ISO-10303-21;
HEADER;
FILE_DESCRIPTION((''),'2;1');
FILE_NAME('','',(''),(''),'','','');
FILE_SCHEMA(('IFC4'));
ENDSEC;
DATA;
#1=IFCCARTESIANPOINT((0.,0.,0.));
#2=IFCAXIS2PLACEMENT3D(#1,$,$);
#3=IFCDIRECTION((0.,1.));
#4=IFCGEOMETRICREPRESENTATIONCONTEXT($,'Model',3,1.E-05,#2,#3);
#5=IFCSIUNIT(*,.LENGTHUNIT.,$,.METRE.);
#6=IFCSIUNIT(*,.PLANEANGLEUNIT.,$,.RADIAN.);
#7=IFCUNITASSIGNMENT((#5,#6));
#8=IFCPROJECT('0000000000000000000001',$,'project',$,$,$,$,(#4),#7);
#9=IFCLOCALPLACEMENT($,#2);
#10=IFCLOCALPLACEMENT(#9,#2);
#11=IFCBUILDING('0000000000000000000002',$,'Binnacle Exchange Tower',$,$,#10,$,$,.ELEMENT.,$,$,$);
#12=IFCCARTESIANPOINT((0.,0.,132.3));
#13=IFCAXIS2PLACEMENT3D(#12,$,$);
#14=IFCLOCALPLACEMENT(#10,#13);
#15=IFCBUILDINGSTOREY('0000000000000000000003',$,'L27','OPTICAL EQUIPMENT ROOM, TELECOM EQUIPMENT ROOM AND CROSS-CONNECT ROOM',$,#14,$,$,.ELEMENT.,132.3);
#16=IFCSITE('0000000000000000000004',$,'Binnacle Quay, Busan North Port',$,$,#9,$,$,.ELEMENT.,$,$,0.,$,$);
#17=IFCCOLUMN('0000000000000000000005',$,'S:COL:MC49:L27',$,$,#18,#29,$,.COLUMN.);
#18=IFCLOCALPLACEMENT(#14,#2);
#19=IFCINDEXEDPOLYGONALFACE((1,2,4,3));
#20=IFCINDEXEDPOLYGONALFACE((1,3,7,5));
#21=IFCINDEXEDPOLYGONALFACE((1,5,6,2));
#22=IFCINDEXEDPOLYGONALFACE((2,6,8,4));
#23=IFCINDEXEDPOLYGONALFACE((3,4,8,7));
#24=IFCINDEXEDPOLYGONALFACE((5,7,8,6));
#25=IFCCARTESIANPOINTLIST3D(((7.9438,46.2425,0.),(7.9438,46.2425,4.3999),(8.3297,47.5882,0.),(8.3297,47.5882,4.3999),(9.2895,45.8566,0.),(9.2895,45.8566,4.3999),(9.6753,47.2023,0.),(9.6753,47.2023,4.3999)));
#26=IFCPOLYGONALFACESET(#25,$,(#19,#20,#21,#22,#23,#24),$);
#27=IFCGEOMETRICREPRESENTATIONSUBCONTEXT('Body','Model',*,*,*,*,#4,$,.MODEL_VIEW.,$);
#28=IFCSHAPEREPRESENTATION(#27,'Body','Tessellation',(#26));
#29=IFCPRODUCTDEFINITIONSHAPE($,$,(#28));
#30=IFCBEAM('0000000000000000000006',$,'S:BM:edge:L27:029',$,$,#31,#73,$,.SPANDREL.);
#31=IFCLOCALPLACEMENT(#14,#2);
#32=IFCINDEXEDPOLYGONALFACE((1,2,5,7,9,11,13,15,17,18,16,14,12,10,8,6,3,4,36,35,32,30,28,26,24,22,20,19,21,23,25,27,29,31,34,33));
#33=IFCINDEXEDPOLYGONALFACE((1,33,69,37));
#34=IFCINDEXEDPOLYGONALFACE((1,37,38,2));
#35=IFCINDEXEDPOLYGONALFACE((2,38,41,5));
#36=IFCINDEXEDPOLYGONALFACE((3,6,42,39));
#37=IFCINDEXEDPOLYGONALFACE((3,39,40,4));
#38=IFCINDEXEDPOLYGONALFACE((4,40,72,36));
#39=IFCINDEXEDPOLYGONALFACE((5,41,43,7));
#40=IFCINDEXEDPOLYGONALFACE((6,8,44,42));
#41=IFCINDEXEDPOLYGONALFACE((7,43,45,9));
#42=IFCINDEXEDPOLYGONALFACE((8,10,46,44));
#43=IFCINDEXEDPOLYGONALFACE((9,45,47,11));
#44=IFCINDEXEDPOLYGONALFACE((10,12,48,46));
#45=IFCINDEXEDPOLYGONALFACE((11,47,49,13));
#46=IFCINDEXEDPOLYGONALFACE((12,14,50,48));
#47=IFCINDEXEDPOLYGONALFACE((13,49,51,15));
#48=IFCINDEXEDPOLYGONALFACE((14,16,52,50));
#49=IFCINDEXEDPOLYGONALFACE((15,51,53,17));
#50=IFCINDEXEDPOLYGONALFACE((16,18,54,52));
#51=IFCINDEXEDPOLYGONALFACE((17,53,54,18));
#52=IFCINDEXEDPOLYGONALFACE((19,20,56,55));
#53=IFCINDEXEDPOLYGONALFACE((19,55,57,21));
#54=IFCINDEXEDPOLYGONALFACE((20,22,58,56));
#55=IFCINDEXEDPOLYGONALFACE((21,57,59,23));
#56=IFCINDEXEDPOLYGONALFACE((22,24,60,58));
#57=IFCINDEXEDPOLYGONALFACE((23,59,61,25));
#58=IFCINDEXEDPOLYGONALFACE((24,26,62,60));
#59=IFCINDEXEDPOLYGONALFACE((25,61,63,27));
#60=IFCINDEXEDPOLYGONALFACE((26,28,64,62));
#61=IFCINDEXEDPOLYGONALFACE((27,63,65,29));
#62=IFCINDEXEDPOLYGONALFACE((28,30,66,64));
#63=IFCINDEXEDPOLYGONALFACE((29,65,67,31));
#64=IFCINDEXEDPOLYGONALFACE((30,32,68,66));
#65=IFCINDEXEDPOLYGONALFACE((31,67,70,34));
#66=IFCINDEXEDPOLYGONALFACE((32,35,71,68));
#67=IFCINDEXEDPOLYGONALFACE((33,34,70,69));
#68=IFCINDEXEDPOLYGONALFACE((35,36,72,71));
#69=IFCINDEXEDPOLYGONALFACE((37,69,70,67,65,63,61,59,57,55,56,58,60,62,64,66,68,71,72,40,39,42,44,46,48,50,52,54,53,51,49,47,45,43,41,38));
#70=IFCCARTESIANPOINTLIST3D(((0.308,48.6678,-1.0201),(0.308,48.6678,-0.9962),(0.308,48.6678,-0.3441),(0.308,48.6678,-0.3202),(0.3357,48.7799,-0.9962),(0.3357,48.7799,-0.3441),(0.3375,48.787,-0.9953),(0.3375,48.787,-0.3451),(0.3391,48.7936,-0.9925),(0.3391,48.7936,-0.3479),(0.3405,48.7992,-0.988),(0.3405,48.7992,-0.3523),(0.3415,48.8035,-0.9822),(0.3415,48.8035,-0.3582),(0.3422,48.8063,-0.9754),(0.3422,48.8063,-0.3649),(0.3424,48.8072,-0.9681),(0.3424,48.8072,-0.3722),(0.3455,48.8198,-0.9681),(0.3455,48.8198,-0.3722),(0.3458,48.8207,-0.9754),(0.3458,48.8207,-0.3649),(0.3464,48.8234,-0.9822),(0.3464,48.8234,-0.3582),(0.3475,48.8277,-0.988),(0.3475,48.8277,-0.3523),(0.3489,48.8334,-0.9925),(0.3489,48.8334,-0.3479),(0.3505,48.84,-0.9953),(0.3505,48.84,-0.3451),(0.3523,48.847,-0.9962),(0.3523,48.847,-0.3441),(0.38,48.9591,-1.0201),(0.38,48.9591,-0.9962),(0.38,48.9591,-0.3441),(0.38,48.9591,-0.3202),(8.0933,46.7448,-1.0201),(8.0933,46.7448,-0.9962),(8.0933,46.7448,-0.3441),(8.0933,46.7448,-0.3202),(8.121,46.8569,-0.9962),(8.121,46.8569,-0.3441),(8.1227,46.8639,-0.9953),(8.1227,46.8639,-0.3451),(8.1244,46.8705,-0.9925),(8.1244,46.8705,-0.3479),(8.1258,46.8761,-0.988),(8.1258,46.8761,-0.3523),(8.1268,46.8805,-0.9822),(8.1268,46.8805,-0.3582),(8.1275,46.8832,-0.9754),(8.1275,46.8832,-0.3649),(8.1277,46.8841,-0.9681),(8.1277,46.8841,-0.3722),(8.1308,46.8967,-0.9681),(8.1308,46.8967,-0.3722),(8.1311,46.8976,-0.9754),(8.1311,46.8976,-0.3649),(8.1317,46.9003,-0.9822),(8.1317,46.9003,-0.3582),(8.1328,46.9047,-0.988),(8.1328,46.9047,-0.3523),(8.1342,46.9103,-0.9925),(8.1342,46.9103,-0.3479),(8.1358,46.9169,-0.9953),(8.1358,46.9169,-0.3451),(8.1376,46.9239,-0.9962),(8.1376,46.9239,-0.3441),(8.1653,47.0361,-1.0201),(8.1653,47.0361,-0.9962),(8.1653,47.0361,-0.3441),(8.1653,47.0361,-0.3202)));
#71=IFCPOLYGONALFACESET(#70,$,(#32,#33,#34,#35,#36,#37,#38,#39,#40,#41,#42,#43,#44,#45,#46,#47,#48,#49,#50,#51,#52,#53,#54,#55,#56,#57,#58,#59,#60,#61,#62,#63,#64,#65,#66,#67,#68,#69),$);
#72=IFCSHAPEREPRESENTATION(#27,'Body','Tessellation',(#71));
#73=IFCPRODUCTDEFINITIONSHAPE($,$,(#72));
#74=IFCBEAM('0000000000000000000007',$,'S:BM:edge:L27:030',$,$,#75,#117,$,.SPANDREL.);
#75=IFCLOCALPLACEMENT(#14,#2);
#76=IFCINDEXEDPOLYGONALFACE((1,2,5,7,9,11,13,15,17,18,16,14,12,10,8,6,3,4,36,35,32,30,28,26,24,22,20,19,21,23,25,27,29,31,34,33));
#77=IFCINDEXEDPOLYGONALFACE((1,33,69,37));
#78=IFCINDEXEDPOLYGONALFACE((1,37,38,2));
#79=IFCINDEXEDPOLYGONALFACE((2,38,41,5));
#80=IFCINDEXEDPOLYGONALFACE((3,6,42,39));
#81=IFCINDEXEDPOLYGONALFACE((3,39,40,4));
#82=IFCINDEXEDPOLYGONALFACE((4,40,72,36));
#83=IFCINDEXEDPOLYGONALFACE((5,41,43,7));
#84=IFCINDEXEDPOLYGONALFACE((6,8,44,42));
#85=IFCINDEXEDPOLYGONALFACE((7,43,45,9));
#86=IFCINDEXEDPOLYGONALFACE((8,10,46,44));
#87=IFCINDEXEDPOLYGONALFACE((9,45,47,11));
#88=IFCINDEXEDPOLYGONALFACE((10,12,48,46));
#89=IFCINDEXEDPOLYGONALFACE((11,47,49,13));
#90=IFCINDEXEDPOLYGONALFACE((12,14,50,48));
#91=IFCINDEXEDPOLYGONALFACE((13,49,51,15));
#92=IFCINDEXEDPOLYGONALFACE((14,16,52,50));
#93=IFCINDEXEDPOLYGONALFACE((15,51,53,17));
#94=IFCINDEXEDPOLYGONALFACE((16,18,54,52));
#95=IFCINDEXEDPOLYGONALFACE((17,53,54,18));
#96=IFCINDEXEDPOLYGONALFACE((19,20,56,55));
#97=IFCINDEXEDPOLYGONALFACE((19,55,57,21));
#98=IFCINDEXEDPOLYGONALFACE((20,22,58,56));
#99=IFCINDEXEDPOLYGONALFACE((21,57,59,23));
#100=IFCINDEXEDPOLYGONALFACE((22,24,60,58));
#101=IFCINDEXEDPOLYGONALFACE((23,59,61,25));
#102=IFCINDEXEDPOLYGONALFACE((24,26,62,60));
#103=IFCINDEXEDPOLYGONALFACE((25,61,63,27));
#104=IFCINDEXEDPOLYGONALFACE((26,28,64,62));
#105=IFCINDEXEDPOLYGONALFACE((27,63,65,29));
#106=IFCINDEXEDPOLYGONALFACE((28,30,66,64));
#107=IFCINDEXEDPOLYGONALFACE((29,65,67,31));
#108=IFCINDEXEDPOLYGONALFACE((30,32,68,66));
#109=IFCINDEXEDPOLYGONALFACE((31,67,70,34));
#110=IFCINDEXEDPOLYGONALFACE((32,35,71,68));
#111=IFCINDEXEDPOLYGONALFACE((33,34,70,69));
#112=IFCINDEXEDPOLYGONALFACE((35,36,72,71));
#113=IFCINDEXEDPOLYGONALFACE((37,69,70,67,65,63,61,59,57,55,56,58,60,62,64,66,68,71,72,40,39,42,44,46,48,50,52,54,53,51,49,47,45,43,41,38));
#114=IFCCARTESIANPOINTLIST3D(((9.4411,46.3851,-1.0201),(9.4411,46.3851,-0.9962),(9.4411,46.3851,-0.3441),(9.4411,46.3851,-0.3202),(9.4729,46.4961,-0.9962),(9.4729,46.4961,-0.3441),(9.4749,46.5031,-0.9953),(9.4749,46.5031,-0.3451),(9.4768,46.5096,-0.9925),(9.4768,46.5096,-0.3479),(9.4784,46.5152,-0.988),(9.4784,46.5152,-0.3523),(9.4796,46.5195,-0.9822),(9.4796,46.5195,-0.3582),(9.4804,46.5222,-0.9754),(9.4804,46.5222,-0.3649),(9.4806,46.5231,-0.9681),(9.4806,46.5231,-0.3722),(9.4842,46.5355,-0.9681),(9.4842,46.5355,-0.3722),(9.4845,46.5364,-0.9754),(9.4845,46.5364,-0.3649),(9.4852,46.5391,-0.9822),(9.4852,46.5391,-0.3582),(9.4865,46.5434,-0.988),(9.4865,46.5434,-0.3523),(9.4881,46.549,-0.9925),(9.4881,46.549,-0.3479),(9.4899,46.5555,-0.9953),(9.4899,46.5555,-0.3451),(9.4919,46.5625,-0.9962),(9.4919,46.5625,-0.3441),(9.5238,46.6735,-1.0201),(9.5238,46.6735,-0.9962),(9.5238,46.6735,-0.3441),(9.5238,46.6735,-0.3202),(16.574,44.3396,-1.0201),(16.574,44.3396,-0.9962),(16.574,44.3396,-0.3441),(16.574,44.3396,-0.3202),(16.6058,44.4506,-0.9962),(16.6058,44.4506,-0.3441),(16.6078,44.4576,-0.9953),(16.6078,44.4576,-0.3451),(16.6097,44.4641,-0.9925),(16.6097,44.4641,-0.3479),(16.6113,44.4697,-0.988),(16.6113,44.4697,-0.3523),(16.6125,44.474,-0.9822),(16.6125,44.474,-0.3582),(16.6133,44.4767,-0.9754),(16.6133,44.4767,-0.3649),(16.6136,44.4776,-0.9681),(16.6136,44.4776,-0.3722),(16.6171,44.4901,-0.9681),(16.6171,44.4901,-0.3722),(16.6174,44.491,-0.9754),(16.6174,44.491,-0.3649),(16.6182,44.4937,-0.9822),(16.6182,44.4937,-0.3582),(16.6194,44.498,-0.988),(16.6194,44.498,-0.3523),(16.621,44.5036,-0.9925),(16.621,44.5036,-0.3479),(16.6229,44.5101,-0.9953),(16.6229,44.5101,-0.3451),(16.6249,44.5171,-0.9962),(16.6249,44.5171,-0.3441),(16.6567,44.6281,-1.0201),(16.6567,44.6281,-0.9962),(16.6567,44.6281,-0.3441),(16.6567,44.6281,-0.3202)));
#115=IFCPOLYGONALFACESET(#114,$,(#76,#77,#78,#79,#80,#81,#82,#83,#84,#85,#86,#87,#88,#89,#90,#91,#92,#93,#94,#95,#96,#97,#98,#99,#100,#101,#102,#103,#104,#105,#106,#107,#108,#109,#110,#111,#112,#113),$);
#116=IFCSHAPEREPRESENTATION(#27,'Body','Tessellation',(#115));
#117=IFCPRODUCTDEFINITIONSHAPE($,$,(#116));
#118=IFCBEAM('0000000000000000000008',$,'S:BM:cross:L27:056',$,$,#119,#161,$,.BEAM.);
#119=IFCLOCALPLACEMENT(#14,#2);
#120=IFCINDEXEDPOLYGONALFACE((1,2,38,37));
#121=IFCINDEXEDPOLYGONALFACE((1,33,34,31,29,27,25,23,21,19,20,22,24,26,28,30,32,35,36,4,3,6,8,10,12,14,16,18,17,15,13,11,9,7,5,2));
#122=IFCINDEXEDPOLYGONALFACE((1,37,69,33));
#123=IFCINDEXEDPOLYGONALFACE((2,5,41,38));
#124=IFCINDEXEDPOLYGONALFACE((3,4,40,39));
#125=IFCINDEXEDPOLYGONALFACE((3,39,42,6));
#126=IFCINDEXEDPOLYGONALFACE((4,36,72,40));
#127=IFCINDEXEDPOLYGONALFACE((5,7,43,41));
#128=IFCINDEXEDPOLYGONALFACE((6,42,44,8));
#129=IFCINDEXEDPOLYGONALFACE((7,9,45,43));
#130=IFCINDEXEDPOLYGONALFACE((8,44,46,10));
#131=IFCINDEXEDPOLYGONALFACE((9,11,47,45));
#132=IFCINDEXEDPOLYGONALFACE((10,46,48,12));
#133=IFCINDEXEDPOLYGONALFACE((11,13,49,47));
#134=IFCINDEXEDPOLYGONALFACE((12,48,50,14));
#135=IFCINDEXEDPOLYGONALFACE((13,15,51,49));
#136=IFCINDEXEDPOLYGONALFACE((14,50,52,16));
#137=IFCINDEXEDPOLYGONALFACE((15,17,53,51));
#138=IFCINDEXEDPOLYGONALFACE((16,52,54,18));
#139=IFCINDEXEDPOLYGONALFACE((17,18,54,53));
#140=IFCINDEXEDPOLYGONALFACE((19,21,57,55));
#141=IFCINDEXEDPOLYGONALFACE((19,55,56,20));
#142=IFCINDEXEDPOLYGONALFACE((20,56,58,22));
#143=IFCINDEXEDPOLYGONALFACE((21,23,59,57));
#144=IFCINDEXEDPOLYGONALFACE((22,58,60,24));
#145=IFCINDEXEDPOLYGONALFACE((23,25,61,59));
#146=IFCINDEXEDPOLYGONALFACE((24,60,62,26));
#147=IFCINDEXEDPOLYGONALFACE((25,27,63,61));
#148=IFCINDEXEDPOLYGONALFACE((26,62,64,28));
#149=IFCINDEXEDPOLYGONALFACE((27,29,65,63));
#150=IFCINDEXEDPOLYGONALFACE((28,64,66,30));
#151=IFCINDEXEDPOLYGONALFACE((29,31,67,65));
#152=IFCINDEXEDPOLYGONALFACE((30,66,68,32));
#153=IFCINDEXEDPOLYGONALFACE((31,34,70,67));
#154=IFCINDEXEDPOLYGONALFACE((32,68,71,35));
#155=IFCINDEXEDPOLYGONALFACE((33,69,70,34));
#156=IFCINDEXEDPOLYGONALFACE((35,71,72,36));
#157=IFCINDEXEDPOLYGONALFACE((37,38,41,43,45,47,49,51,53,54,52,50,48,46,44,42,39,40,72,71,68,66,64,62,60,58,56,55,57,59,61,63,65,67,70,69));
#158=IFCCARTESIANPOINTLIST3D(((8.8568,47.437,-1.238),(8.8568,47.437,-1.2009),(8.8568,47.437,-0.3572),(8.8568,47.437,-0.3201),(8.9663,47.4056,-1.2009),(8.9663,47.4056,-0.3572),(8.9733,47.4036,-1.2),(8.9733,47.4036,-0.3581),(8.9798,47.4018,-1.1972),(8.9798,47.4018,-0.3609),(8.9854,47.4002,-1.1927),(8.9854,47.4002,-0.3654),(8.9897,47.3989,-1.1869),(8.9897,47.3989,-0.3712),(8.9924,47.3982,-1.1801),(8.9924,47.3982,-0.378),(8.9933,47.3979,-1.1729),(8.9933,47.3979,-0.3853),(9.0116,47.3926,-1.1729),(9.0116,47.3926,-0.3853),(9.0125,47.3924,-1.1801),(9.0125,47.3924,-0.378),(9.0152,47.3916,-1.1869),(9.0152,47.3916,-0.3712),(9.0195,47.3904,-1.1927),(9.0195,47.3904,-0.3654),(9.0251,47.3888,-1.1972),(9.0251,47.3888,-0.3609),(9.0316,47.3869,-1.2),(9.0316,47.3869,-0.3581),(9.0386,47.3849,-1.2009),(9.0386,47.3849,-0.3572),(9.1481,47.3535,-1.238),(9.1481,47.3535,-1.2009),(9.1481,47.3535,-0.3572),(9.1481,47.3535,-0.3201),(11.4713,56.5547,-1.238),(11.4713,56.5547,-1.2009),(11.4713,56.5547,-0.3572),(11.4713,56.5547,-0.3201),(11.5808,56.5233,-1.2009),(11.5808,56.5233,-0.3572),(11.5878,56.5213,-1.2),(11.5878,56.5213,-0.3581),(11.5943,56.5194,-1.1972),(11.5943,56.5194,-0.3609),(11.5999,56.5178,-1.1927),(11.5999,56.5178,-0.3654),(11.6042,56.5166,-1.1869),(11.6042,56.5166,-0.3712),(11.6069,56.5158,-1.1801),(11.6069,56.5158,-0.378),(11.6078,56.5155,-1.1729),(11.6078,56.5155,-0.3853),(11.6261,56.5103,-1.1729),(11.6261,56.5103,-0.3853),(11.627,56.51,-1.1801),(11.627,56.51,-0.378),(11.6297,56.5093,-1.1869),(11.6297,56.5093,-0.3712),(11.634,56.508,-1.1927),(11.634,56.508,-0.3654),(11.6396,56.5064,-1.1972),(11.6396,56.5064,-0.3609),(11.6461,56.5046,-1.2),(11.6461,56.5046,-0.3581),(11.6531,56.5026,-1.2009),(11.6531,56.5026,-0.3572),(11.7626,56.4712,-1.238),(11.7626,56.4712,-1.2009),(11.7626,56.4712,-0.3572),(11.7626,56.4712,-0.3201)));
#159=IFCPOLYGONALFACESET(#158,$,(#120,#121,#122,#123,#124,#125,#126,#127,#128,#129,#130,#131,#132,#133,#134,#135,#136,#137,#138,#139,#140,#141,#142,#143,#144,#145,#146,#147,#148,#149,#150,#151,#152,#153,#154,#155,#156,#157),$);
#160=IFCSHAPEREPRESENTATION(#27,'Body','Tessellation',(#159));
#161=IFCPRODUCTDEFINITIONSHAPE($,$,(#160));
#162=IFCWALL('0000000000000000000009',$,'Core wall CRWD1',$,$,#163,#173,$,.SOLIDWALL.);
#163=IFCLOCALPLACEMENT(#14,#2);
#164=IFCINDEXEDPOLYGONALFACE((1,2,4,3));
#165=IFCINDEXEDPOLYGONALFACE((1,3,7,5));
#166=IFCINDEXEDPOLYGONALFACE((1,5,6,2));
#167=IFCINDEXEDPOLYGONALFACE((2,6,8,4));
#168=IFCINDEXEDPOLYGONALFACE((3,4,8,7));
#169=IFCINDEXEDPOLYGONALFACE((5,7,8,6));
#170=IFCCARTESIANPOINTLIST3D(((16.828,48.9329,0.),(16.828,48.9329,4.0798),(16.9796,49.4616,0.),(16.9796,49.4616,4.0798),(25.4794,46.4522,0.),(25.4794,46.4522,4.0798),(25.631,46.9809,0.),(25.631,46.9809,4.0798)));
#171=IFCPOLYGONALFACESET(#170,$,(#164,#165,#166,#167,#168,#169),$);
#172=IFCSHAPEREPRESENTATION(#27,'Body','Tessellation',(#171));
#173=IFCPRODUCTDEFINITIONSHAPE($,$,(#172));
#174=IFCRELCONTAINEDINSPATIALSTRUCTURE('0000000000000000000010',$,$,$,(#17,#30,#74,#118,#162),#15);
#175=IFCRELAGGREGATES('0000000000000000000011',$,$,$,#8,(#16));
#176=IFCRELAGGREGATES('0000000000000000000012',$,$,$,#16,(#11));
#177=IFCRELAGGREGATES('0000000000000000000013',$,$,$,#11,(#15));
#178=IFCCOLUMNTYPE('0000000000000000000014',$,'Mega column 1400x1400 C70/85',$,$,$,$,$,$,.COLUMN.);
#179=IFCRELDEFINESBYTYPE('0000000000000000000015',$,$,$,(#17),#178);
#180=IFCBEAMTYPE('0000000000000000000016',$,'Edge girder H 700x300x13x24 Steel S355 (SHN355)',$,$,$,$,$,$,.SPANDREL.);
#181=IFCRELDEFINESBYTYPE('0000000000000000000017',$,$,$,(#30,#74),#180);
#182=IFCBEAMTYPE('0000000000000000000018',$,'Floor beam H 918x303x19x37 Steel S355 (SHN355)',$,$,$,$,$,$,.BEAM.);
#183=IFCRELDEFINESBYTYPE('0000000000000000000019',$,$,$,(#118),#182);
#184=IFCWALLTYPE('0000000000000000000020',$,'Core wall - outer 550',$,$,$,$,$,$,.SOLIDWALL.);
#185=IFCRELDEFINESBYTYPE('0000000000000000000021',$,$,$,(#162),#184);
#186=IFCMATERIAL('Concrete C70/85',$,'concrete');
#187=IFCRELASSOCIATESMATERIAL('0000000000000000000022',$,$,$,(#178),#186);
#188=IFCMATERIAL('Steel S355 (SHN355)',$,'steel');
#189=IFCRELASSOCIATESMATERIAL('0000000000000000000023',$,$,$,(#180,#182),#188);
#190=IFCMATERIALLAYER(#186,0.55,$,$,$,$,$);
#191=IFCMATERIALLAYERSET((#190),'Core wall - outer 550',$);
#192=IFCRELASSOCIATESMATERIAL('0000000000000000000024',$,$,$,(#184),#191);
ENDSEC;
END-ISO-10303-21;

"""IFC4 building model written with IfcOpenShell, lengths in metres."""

from ifc_helpers import new_model, si_unit, direction, frame, frame_2d, origin, origin_2d, place, context, subcontext, project, spatial, rectangle, i_section, extrude, material, layer, layer_set, material_profile, profile_set, type_object, element, save


model = new_model("IFC4")

# Units and contexts
model_context = context("Model", 3, precision=1e-05, world=origin(), true_north=direction((0.0, 1.0)))
body_context = subcontext(model_context, "Body", "Model", "MODEL_VIEW")
ifc_project = project(units=[si_unit("LENGTHUNIT", "METRE"), si_unit("PLANEANGLEUNIT", "RADIAN")], contexts=[model_context])

# Site, building, storey
site_placement = place(None, origin())
site = spatial("IfcSite", under=ifc_project, at=site_placement, Name="Binnacle Quay, Busan North Port", CompositionType="ELEMENT", RefElevation=0.0)
building_placement = place(site_placement, origin())
building = spatial("IfcBuilding", under=site, at=building_placement, Name="Binnacle Exchange Tower", CompositionType="ELEMENT")
storey_placement = place(building_placement, frame((0.0, 0.0, 132.3)))
storey = spatial("IfcBuildingStorey", under=building, at=storey_placement, Name="L27", Description="OPTICAL EQUIPMENT ROOM, TELECOM EQUIPMENT ROOM AND CROSS-CONNECT ROOM", CompositionType="ELEMENT", Elevation=132.3)

# Column
ifc_material_1 = material(Name="Concrete C70/85", Category="concrete")
ifc_material_profile_1 = material_profile(ifc_material_1, rectangle(XDim=1.3999, YDim=1.3999, at=origin_2d()), Name="Mega column 1400x1400 C70/85")
ifc_profile_set_1 = profile_set([ifc_material_profile_1], Name="Concrete C70/85")
column_type = type_object("IfcColumnType", Name="Mega column 1400x1400 C70/85", PredefinedType="COLUMN", material=ifc_profile_set_1)
column_placement = place(storey_placement, frame((8.8096, 46.7224, 0.0), z_axis=(0.0, 0.0, 1.0), x_axis=(0.961262, -0.275637, 0.0)))
element("IfcColumn", 1, at=column_placement, inside=storey, type_object=column_type, Name="S:COL:MC49:L27", PredefinedType="COLUMN", context=body_context, shape_type="SweptSolid", body=[
    extrude(rectangle(XDim=1.3999, YDim=1.3999, at=origin_2d()), origin(), (0.0, 0.0, 1.0), 4.3999),
])

# Beams
ifc_material_2 = material(Name="Steel S355 (SHN355)", Category="steel")
ifc_material_profile_2 = material_profile(ifc_material_2, i_section(OverallWidth=0.3, OverallDepth=0.7, WebThickness=0.0129, FlangeThickness=0.0239, FilletRadius=0.0281, at=origin_2d()), Name="H 700x300x13x24")
ifc_profile_set_2 = profile_set([ifc_material_profile_2], Name="Steel S355 (SHN355)")
beam_type_1 = type_object("IfcBeamType", Name="Edge girder H 700x300x13x24 Steel S355 (SHN355)", PredefinedType="SPANDREL", material=ifc_profile_set_2)
beam_1_placement = place(storey_placement, frame((0.344, 48.8135, -0.6702), z_axis=(0.970821, -0.239805, 0.0), x_axis=(0.239805, 0.970821, 0.0)))
element("IfcBeam", 2, at=beam_1_placement, inside=storey, type_object=beam_type_1, Name="S:BM:edge:L27:029", PredefinedType="SPANDREL", context=body_context, shape_type="SweptSolid", body=[
    extrude(i_section(OverallWidth=0.3, OverallDepth=0.7, WebThickness=0.0129, FlangeThickness=0.0239, FilletRadius=0.0281, at=origin_2d()), origin(), (0.0, 0.0, 1.0), 8.0193),
])
beam_2_placement = place(storey_placement, frame((9.4824, 46.5293, -0.6702), z_axis=(0.961258, -0.275651, 0.0), x_axis=(0.275651, 0.961258, 0.0)))
element("IfcBeam", 3, at=beam_2_placement, inside=storey, type_object=beam_type_1, Name="S:BM:edge:L27:030", PredefinedType="SPANDREL", context=body_context, shape_type="SweptSolid", body=[
    extrude(i_section(OverallWidth=0.3, OverallDepth=0.7, WebThickness=0.0129, FlangeThickness=0.0239, FilletRadius=0.0281, at=origin_2d()), origin(), (0.0, 0.0, 1.0), 7.4204),
])
ifc_material_profile_3 = material_profile(ifc_material_2, i_section(OverallWidth=0.303, OverallDepth=0.918, WebThickness=0.019, FlangeThickness=0.0371, FilletRadius=0.0281, at=origin_2d()), Name="H 918x303x19x37")
ifc_profile_set_3 = profile_set([ifc_material_profile_3], Name="Steel S355 (SHN355)")
beam_type_2 = type_object("IfcBeamType", Name="Floor beam H 918x303x19x37 Steel S355 (SHN355)", PredefinedType="BEAM", material=ifc_profile_set_3)
beam_3_placement = place(storey_placement, frame((9.0024, 47.3953, -0.7791), z_axis=(0.275642, 0.96126, 0.0), x_axis=(-0.96126, 0.275642, 0.0)))
element("IfcBeam", 4, at=beam_3_placement, inside=storey, type_object=beam_type_2, Name="S:BM:cross:L27:056", PredefinedType="BEAM", context=body_context, shape_type="SweptSolid", body=[
    extrude(i_section(OverallWidth=0.303, OverallDepth=0.918, WebThickness=0.019, FlangeThickness=0.0371, FilletRadius=0.0281, at=origin_2d()), origin(), (0.0, 0.0, 1.0), 9.4851),
])

# Wall
ifc_layer_1 = layer(ifc_material_1, 0.55)
ifc_layer_set_1 = layer_set([ifc_layer_1], Name="Core wall - outer 550")
wall_type_1 = type_object("IfcWallType", Name="Core wall - outer 550", PredefinedType="SOLIDWALL", material=ifc_layer_set_1)
wall_1_placement = place(storey_placement, frame((16.9038, 49.1973, 0.0), z_axis=(0.0, 0.0, 1.0), x_axis=(0.961262, -0.275635, 0.0)))
element("IfcWall", 5, at=wall_1_placement, inside=storey, type_object=wall_type_1, Name="Core wall CRWD1", PredefinedType="SOLIDWALL", context=body_context, shape_type="SweptSolid", body=[
    extrude(rectangle(XDim=9.0, YDim=0.55, at=frame_2d((4.5, 0.0))), origin(), (0.0, 0.0, 1.0), 4.0798),
])

save(model, "model.ifc")
